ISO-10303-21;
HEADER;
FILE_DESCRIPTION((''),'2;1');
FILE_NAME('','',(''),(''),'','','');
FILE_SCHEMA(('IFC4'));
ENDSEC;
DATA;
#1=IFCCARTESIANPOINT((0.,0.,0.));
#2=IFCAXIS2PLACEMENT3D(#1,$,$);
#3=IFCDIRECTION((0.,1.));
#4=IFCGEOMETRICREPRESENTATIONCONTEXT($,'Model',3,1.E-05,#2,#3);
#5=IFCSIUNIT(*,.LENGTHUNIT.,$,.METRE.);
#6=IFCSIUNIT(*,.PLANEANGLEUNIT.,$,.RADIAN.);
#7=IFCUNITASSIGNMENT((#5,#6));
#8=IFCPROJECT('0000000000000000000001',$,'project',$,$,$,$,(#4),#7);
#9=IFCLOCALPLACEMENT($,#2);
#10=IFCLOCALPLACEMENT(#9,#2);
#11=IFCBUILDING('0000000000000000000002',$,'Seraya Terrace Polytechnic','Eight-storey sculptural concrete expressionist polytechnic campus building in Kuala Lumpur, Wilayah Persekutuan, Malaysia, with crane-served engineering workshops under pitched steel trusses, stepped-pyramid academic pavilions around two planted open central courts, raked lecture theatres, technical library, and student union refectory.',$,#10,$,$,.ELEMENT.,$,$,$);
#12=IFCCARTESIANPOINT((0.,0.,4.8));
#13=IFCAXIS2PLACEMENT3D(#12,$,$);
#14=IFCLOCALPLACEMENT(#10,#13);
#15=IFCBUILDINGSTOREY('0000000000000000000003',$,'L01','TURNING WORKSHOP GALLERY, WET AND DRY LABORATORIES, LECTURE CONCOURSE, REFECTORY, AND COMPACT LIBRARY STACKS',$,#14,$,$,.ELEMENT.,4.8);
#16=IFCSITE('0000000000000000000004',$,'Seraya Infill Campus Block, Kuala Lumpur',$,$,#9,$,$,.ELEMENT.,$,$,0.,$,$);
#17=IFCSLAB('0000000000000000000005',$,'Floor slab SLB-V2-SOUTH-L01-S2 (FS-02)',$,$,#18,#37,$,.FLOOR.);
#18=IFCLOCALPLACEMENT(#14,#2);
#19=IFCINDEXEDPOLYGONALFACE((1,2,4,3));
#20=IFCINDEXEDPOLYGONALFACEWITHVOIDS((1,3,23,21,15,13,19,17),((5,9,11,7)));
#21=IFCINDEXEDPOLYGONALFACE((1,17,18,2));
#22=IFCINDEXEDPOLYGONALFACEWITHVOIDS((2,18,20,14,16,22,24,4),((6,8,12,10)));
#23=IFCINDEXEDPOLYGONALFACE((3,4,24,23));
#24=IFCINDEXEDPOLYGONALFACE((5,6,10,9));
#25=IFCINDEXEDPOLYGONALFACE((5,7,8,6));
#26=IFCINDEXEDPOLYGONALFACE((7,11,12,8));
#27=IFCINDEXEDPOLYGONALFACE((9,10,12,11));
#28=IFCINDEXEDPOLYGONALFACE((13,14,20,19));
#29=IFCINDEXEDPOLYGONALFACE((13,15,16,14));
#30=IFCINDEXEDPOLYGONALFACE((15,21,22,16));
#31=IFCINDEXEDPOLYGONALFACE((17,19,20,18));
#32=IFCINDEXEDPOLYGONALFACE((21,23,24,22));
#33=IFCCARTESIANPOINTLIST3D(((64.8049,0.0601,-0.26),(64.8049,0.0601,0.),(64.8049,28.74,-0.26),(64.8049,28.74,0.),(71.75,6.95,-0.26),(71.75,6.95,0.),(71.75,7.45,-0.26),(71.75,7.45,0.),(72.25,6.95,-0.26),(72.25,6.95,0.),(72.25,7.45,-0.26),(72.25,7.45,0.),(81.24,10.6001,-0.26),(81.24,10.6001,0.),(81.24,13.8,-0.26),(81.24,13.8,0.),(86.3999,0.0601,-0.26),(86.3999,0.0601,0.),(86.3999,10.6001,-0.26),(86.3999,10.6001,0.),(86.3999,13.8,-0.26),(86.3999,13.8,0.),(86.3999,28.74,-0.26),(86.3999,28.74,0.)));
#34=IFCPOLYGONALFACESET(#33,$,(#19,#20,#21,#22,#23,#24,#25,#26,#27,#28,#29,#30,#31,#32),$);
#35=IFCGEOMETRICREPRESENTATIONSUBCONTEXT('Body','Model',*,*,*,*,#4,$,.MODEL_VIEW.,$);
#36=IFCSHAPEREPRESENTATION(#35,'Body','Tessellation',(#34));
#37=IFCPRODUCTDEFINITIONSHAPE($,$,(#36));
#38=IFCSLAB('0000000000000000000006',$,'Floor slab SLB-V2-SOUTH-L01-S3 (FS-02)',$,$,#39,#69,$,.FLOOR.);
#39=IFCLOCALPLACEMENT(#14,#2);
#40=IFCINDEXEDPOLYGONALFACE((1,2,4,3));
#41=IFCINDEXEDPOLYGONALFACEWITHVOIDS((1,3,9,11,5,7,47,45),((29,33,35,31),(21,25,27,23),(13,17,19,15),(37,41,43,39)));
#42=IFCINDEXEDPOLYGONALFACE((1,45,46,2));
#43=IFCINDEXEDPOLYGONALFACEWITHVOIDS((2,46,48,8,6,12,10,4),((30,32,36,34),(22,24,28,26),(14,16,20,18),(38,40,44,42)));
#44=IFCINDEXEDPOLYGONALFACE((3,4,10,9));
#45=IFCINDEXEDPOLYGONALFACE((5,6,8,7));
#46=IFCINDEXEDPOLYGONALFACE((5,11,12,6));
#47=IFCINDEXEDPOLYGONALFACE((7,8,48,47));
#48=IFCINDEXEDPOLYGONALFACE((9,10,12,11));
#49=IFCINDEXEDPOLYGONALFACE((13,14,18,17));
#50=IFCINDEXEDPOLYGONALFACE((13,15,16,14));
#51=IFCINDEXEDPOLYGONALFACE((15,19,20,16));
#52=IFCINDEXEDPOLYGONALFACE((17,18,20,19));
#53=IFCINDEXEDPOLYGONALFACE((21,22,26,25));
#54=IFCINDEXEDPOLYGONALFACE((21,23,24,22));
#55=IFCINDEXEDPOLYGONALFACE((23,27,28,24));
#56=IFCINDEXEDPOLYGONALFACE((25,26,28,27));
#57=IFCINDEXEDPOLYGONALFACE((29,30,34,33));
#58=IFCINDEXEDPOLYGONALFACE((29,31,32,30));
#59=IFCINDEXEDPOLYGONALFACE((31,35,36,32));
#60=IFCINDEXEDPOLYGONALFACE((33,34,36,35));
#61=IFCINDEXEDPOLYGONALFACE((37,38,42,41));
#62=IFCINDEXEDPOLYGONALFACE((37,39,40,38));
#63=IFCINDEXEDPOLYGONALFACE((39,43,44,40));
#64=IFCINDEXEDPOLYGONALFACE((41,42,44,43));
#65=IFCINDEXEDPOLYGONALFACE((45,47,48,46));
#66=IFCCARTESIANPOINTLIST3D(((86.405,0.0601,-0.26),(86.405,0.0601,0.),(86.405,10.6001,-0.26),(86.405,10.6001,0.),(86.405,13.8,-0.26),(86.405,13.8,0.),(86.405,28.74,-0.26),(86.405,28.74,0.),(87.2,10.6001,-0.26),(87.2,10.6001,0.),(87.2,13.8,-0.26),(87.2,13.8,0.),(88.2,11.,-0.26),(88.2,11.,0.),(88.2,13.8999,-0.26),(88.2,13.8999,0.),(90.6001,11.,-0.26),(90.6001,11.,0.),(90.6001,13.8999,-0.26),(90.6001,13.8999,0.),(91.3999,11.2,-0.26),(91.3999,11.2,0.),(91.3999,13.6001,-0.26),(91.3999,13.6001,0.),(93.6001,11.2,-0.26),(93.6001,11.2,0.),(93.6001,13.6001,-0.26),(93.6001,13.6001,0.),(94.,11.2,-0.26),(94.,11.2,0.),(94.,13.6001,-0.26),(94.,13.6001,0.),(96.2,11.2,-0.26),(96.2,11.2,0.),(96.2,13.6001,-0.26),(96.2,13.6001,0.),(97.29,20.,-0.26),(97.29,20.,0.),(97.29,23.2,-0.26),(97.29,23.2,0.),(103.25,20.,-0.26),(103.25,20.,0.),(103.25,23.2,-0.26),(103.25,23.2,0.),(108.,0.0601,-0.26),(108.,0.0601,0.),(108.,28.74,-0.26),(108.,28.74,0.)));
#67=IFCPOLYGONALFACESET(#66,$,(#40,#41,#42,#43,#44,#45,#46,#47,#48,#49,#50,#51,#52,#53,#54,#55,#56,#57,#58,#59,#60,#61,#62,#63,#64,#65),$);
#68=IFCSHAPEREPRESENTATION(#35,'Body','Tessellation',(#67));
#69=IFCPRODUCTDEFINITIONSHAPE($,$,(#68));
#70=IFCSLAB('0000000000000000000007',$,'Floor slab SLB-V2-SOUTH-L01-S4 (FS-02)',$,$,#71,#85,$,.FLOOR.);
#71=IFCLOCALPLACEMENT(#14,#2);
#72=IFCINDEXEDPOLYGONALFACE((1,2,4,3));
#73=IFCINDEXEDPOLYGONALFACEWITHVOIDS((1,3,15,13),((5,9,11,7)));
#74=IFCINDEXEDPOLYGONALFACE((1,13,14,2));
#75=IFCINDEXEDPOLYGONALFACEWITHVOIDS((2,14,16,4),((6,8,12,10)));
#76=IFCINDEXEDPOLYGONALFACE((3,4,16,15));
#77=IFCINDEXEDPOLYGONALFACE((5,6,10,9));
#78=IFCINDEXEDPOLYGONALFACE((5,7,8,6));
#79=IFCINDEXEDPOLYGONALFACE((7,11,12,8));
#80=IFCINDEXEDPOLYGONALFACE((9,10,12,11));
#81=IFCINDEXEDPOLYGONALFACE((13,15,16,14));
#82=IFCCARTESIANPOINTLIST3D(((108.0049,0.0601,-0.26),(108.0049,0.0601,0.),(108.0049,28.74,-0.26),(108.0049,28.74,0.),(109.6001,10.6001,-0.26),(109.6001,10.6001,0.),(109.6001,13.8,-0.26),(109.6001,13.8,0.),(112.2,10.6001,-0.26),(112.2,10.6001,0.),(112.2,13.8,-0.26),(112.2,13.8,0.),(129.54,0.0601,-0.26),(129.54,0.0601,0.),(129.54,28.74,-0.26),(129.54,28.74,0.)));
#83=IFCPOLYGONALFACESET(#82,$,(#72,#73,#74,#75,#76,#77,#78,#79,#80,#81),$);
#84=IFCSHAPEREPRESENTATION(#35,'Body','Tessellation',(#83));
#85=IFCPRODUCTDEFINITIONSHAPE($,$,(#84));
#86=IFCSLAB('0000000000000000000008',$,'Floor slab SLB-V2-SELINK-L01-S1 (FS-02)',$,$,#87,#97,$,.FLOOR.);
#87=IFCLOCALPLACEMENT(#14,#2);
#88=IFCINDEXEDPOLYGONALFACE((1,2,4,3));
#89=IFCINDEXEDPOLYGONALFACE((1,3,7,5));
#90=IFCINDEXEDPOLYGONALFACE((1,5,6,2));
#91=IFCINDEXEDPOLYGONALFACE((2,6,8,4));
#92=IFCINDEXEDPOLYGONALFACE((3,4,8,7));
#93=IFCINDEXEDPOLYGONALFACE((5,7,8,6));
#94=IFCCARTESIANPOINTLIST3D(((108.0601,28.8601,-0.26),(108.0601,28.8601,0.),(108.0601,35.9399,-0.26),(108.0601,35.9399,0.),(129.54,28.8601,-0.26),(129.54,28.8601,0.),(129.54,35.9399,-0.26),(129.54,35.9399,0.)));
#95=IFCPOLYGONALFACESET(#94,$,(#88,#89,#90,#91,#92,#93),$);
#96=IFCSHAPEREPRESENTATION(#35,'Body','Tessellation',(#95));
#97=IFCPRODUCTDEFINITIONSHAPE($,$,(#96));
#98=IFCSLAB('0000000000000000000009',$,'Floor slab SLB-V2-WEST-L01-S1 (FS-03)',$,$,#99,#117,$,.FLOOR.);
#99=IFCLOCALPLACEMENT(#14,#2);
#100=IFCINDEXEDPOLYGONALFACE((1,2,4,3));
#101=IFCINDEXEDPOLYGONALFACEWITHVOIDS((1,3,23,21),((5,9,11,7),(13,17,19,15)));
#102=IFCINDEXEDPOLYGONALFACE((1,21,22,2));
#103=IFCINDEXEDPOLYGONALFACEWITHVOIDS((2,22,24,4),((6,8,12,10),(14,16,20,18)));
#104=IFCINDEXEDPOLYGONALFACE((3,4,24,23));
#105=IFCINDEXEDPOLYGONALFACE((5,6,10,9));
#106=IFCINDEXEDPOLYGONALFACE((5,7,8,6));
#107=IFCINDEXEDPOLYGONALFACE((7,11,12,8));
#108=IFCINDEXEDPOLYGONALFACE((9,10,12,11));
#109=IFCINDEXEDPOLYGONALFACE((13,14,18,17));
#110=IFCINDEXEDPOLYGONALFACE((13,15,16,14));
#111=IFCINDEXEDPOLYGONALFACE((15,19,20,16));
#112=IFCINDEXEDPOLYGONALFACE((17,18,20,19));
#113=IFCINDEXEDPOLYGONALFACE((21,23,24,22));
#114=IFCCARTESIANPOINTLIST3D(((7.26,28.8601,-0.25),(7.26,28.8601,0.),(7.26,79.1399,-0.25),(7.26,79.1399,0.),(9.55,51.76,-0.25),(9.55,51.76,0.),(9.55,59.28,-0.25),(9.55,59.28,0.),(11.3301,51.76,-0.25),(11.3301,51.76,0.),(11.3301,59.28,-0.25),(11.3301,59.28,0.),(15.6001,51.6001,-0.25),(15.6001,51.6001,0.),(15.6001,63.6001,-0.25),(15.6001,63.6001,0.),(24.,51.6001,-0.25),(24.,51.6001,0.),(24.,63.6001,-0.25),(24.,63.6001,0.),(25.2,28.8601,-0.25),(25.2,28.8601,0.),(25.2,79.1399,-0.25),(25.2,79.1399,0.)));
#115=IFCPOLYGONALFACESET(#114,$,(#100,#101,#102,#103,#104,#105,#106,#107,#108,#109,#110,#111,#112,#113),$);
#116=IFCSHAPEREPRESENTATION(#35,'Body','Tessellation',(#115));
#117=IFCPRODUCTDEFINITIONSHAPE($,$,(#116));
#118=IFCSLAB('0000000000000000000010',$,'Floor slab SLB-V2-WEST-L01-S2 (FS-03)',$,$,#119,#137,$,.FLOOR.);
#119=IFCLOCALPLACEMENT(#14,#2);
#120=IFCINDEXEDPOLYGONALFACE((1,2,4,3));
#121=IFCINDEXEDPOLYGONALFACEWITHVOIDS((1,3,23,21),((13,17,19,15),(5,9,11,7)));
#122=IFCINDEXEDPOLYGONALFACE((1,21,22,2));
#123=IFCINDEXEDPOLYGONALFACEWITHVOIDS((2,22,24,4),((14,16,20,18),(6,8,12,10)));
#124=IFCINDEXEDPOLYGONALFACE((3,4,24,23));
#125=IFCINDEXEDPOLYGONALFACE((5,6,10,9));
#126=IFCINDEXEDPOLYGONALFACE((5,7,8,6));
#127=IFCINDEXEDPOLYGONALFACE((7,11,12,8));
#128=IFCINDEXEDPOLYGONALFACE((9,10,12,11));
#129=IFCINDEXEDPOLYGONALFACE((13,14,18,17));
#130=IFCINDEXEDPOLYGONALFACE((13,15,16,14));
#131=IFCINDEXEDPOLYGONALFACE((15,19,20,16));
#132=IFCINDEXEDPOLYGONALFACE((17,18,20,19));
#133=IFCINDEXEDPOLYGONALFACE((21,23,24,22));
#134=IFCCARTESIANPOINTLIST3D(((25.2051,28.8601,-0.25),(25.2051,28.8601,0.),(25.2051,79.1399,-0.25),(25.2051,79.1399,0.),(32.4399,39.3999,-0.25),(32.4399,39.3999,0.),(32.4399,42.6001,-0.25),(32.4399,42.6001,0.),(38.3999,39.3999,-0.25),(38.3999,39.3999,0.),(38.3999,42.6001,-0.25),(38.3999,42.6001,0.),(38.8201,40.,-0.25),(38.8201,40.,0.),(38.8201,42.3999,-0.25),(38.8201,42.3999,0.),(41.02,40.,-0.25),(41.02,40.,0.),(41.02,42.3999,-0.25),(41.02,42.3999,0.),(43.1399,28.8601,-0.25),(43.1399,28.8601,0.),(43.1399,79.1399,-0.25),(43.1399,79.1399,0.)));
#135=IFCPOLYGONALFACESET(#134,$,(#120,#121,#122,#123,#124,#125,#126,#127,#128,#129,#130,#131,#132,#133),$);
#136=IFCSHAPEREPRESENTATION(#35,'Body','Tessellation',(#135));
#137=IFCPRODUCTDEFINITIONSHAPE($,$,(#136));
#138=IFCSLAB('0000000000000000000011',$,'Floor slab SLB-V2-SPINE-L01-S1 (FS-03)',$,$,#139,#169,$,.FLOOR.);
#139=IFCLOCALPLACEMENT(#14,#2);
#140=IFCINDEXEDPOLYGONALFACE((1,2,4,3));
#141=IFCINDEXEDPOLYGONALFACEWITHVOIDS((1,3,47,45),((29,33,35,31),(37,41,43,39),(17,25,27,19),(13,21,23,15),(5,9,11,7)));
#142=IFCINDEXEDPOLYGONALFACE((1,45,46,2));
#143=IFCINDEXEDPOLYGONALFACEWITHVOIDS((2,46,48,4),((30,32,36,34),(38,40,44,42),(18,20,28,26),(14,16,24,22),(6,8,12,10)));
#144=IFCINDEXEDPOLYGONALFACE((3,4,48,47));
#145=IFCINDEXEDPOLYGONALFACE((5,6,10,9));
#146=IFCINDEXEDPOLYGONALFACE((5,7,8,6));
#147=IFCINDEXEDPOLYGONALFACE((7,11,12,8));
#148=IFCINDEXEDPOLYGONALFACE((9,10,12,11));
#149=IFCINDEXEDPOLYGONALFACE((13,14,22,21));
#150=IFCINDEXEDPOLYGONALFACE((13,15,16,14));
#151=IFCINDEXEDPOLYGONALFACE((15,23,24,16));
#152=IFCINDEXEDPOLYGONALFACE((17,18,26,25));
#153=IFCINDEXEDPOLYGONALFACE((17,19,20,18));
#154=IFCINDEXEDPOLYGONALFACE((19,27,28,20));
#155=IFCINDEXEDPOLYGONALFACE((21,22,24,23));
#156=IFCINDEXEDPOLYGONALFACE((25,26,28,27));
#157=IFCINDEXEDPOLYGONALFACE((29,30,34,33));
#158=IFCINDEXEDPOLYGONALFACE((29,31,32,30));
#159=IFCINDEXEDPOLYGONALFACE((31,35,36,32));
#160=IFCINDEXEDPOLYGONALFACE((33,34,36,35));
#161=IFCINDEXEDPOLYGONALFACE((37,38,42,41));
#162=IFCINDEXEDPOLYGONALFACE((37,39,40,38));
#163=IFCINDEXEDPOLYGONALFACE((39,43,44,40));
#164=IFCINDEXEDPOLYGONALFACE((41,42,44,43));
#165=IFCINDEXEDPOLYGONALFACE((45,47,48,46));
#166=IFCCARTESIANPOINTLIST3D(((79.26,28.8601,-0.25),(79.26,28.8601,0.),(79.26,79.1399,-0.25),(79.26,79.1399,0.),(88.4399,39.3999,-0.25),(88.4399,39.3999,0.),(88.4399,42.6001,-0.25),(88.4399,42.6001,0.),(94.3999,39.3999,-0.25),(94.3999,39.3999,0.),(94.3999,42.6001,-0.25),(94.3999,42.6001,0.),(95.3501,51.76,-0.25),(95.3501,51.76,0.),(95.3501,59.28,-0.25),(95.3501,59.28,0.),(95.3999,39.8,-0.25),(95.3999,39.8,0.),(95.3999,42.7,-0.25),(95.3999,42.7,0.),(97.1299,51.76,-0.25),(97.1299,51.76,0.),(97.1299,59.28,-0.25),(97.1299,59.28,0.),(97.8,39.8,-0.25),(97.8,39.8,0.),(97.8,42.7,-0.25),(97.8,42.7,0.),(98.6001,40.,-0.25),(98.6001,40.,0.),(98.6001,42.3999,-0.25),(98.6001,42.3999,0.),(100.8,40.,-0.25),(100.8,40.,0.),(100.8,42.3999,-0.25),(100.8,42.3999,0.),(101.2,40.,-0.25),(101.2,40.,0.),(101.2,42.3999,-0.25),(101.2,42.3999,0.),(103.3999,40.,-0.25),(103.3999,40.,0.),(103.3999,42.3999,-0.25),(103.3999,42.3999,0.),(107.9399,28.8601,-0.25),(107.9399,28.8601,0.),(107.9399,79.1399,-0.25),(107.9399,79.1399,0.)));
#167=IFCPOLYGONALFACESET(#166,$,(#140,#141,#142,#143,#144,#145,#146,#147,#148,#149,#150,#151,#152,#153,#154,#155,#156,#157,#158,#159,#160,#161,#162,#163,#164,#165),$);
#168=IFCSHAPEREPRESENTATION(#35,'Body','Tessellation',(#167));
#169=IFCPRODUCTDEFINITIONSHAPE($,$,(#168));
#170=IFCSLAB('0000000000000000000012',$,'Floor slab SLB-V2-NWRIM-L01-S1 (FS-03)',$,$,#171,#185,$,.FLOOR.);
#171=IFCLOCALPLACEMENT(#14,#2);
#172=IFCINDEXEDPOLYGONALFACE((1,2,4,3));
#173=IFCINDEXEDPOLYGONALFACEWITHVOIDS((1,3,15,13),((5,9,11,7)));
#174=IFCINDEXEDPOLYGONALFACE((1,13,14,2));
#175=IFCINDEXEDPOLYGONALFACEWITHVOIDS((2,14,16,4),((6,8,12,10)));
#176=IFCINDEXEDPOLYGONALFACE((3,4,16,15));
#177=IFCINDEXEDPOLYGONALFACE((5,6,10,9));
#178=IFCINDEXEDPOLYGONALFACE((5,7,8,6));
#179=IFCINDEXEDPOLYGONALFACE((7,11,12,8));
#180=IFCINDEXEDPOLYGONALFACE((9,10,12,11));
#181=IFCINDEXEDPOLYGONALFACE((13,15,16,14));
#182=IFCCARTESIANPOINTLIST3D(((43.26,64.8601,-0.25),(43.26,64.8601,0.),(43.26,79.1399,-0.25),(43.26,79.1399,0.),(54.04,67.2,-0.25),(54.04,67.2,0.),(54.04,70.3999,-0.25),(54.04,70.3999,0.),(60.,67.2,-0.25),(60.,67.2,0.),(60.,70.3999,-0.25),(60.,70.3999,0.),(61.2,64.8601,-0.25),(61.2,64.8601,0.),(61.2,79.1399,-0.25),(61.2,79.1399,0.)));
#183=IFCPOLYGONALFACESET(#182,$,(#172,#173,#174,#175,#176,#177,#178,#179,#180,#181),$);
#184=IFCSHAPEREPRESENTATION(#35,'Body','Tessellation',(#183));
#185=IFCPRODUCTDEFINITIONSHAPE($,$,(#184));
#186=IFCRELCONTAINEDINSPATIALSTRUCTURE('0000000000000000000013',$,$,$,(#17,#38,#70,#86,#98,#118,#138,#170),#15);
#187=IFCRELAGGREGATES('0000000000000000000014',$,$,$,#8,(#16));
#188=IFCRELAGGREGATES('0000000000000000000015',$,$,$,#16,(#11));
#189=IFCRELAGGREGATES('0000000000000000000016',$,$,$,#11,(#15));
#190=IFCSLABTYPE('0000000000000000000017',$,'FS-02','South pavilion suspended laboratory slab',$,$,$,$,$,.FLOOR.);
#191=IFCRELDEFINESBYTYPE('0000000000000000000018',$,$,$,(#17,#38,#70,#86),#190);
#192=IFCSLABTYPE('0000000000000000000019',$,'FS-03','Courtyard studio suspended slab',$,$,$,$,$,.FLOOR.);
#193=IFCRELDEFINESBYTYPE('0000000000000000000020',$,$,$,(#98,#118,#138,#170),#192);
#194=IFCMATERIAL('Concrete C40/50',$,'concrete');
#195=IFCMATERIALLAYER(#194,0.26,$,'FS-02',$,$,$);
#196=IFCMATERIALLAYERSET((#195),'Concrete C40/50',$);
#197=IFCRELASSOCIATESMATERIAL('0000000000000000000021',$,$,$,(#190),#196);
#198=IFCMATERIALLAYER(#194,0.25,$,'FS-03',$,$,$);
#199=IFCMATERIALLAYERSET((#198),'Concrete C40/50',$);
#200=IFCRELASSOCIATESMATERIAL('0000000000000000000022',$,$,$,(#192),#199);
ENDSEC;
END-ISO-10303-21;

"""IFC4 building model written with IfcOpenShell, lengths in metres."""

from ifc_helpers import new_model, si_unit, direction, frame, origin, place, context, subcontext, project, spatial, polyline, outline, extrude, material, layer, layer_set, type_object, element, save


model = new_model("IFC4")

# Units and contexts
model_context = context("Model", 3, precision=1e-05, world=origin(), true_north=direction((0.0, 1.0)))
body_context = subcontext(model_context, "Body", "Model", "MODEL_VIEW")
ifc_project = project(units=[si_unit("LENGTHUNIT", "METRE"), si_unit("PLANEANGLEUNIT", "RADIAN")], contexts=[model_context])

# Site, building, storey
site_placement = place(None, origin())
site = spatial("IfcSite", under=ifc_project, at=site_placement, Name="Seraya Infill Campus Block, Kuala Lumpur", CompositionType="ELEMENT", RefElevation=0.0)
building_placement = place(site_placement, origin())
building = spatial("IfcBuilding", under=site, at=building_placement, Name="Seraya Terrace Polytechnic", Description="Eight-storey sculptural concrete expressionist polytechnic campus building in Kuala Lumpur, Wilayah Persekutuan, Malaysia, with crane-served engineering workshops under pitched steel trusses, stepped-pyramid academic pavilions around two planted open central courts, raked lecture theatres, technical library, and student union refectory.", CompositionType="ELEMENT")
storey_placement = place(building_placement, frame((0.0, 0.0, 4.8)))
storey = spatial("IfcBuildingStorey", under=building, at=storey_placement, Name="L01", Description="TURNING WORKSHOP GALLERY, WET AND DRY LABORATORIES, LECTURE CONCOURSE, REFECTORY, AND COMPACT LIBRARY STACKS", CompositionType="ELEMENT", Elevation=4.8)

# Shared definitions
ifc_material = material(Name="Concrete C40/50", Category="concrete")

# Slabs
ifc_layer_1 = layer(ifc_material, 0.26, Name="FS-02")
ifc_layer_set_1 = layer_set([ifc_layer_1], Name="Concrete C40/50")
slab_type_1 = type_object("IfcSlabType", Name="FS-02", Description="South pavilion suspended laboratory slab", PredefinedType="FLOOR", material=ifc_layer_set_1)
slab_1_placement = place(storey_placement, frame((0.0, 0.0, -0.26)))
element("IfcSlab", 1, at=slab_1_placement, inside=storey, type_object=slab_type_1, Name="Floor slab SLB-V2-SOUTH-L01-S2 (FS-02)", PredefinedType="FLOOR", context=body_context, shape_type="SweptSolid", body=[
    extrude(outline(polyline([(86.3999, 28.74), (86.3999, 13.8), (81.24, 13.8), (81.24, 10.6001), (86.3999, 10.6001), (86.3999, 0.0601), (64.8049, 0.0601), (64.8049, 28.74), (86.3999, 28.74)]), holes=[polyline([(71.75, 7.45), (71.75, 6.95), (72.25, 6.95), (72.25, 7.45), (71.75, 7.45)])]), origin(), (0.0, 0.0, 1.0), 0.26),
])
slab_2_placement = place(storey_placement, frame((0.0, 0.0, -0.26)))
element("IfcSlab", 2, at=slab_2_placement, inside=storey, type_object=slab_type_1, Name="Floor slab SLB-V2-SOUTH-L01-S3 (FS-02)", PredefinedType="FLOOR", context=body_context, shape_type="SweptSolid", body=[
    extrude(outline(polyline([(108.0, 28.74), (108.0, 0.0601), (86.405, 0.0601), (86.405, 10.6001), (87.2, 10.6001), (87.2, 13.8), (86.405, 13.8), (86.405, 28.74), (108.0, 28.74)]), holes=[polyline([(93.6001, 13.6001), (91.3999, 13.6001), (91.3999, 11.2), (93.6001, 11.2), (93.6001, 13.6001)]), polyline([(90.6001, 13.8999), (88.2, 13.8999), (88.2, 11.0), (90.6001, 11.0), (90.6001, 13.8999)]), polyline([(96.2, 13.6001), (94.0, 13.6001), (94.0, 11.2), (96.2, 11.2), (96.2, 13.6001)]), polyline([(103.25, 23.2), (97.29, 23.2), (97.29, 20.0), (103.25, 20.0), (103.25, 23.2)])]), origin(), (0.0, 0.0, 1.0), 0.26),
])
slab_3_placement = place(storey_placement, frame((0.0, 0.0, -0.26)))
element("IfcSlab", 3, at=slab_3_placement, inside=storey, type_object=slab_type_1, Name="Floor slab SLB-V2-SOUTH-L01-S4 (FS-02)", PredefinedType="FLOOR", context=body_context, shape_type="SweptSolid", body=[
    extrude(outline(polyline([(129.54, 28.74), (129.54, 0.0601), (108.0049, 0.0601), (108.0049, 28.74), (129.54, 28.74)]), holes=[polyline([(109.6001, 13.8), (109.6001, 10.6001), (112.2, 10.6001), (112.2, 13.8), (109.6001, 13.8)])]), origin(), (0.0, 0.0, 1.0), 0.26),
])
slab_4_placement = place(storey_placement, frame((0.0, 0.0, -0.26)))
element("IfcSlab", 4, at=slab_4_placement, inside=storey, type_object=slab_type_1, Name="Floor slab SLB-V2-SELINK-L01-S1 (FS-02)", PredefinedType="FLOOR", context=body_context, shape_type="SweptSolid", body=[
    extrude(outline(polyline([(108.0601, 35.9399), (129.54, 35.9399), (129.54, 28.8601), (108.0601, 28.8601), (108.0601, 35.9399)])), origin(), (0.0, 0.0, 1.0), 0.26),
])
ifc_layer_2 = layer(ifc_material, 0.25, Name="FS-03")
ifc_layer_set_2 = layer_set([ifc_layer_2], Name="Concrete C40/50")
slab_type_2 = type_object("IfcSlabType", Name="FS-03", Description="Courtyard studio suspended slab", PredefinedType="FLOOR", material=ifc_layer_set_2)
slab_5_placement = place(storey_placement, frame((0.0, 0.0, -0.25)))
element("IfcSlab", 5, at=slab_5_placement, inside=storey, type_object=slab_type_2, Name="Floor slab SLB-V2-WEST-L01-S1 (FS-03)", PredefinedType="FLOOR", context=body_context, shape_type="SweptSolid", body=[
    extrude(outline(polyline([(7.26, 79.1399), (25.2, 79.1399), (25.2, 28.8601), (7.26, 28.8601), (7.26, 79.1399)]), holes=[polyline([(11.3301, 59.28), (9.55, 59.28), (9.55, 51.76), (11.3301, 51.76), (11.3301, 59.28)]), polyline([(24.0, 63.6001), (15.6001, 63.6001), (15.6001, 51.6001), (24.0, 51.6001), (24.0, 63.6001)])]), origin(), (0.0, 0.0, 1.0), 0.25),
])
slab_6_placement = place(storey_placement, frame((0.0, 0.0, -0.25)))
element("IfcSlab", 6, at=slab_6_placement, inside=storey, type_object=slab_type_2, Name="Floor slab SLB-V2-WEST-L01-S2 (FS-03)", PredefinedType="FLOOR", context=body_context, shape_type="SweptSolid", body=[
    extrude(outline(polyline([(43.1399, 79.1399), (43.1399, 28.8601), (25.2051, 28.8601), (25.2051, 79.1399), (43.1399, 79.1399)]), holes=[polyline([(38.3999, 42.6001), (32.4399, 42.6001), (32.4399, 39.3999), (38.3999, 39.3999), (38.3999, 42.6001)]), polyline([(41.02, 42.3999), (38.8201, 42.3999), (38.8201, 40.0), (41.02, 40.0), (41.02, 42.3999)])]), origin(), (0.0, 0.0, 1.0), 0.25),
])
slab_7_placement = place(storey_placement, frame((0.0, 0.0, -0.25)))
element("IfcSlab", 7, at=slab_7_placement, inside=storey, type_object=slab_type_2, Name="Floor slab SLB-V2-SPINE-L01-S1 (FS-03)", PredefinedType="FLOOR", context=body_context, shape_type="SweptSolid", body=[
    extrude(outline(polyline([(79.26, 79.1399), (107.9399, 79.1399), (107.9399, 28.8601), (79.26, 28.8601), (79.26, 79.1399)]), holes=[polyline([(88.4399, 42.6001), (88.4399, 39.3999), (94.3999, 39.3999), (94.3999, 42.6001), (88.4399, 42.6001)]), polyline([(98.6001, 42.3999), (98.6001, 40.0), (100.8, 40.0), (100.8, 42.3999), (98.6001, 42.3999)]), polyline([(103.3999, 42.3999), (101.2, 42.3999), (101.2, 40.0), (103.3999, 40.0), (103.3999, 42.3999)]), polyline([(97.8, 42.7), (95.3999, 42.7), (95.3999, 39.8), (97.8, 39.8), (97.8, 42.7)]), polyline([(97.1299, 59.28), (95.3501, 59.28), (95.3501, 51.76), (97.1299, 51.76), (97.1299, 59.28)])]), origin(), (0.0, 0.0, 1.0), 0.25),
])
slab_8_placement = place(storey_placement, frame((0.0, 0.0, -0.25)))
element("IfcSlab", 8, at=slab_8_placement, inside=storey, type_object=slab_type_2, Name="Floor slab SLB-V2-NWRIM-L01-S1 (FS-03)", PredefinedType="FLOOR", context=body_context, shape_type="SweptSolid", body=[
    extrude(outline(polyline([(43.26, 79.1399), (61.2, 79.1399), (61.2, 64.8601), (43.26, 64.8601), (43.26, 79.1399)]), holes=[polyline([(60.0, 70.3999), (54.04, 70.3999), (54.04, 67.2), (60.0, 67.2), (60.0, 70.3999)])]), origin(), (0.0, 0.0, 1.0), 0.25),
])

save(model, "model.ifc")
